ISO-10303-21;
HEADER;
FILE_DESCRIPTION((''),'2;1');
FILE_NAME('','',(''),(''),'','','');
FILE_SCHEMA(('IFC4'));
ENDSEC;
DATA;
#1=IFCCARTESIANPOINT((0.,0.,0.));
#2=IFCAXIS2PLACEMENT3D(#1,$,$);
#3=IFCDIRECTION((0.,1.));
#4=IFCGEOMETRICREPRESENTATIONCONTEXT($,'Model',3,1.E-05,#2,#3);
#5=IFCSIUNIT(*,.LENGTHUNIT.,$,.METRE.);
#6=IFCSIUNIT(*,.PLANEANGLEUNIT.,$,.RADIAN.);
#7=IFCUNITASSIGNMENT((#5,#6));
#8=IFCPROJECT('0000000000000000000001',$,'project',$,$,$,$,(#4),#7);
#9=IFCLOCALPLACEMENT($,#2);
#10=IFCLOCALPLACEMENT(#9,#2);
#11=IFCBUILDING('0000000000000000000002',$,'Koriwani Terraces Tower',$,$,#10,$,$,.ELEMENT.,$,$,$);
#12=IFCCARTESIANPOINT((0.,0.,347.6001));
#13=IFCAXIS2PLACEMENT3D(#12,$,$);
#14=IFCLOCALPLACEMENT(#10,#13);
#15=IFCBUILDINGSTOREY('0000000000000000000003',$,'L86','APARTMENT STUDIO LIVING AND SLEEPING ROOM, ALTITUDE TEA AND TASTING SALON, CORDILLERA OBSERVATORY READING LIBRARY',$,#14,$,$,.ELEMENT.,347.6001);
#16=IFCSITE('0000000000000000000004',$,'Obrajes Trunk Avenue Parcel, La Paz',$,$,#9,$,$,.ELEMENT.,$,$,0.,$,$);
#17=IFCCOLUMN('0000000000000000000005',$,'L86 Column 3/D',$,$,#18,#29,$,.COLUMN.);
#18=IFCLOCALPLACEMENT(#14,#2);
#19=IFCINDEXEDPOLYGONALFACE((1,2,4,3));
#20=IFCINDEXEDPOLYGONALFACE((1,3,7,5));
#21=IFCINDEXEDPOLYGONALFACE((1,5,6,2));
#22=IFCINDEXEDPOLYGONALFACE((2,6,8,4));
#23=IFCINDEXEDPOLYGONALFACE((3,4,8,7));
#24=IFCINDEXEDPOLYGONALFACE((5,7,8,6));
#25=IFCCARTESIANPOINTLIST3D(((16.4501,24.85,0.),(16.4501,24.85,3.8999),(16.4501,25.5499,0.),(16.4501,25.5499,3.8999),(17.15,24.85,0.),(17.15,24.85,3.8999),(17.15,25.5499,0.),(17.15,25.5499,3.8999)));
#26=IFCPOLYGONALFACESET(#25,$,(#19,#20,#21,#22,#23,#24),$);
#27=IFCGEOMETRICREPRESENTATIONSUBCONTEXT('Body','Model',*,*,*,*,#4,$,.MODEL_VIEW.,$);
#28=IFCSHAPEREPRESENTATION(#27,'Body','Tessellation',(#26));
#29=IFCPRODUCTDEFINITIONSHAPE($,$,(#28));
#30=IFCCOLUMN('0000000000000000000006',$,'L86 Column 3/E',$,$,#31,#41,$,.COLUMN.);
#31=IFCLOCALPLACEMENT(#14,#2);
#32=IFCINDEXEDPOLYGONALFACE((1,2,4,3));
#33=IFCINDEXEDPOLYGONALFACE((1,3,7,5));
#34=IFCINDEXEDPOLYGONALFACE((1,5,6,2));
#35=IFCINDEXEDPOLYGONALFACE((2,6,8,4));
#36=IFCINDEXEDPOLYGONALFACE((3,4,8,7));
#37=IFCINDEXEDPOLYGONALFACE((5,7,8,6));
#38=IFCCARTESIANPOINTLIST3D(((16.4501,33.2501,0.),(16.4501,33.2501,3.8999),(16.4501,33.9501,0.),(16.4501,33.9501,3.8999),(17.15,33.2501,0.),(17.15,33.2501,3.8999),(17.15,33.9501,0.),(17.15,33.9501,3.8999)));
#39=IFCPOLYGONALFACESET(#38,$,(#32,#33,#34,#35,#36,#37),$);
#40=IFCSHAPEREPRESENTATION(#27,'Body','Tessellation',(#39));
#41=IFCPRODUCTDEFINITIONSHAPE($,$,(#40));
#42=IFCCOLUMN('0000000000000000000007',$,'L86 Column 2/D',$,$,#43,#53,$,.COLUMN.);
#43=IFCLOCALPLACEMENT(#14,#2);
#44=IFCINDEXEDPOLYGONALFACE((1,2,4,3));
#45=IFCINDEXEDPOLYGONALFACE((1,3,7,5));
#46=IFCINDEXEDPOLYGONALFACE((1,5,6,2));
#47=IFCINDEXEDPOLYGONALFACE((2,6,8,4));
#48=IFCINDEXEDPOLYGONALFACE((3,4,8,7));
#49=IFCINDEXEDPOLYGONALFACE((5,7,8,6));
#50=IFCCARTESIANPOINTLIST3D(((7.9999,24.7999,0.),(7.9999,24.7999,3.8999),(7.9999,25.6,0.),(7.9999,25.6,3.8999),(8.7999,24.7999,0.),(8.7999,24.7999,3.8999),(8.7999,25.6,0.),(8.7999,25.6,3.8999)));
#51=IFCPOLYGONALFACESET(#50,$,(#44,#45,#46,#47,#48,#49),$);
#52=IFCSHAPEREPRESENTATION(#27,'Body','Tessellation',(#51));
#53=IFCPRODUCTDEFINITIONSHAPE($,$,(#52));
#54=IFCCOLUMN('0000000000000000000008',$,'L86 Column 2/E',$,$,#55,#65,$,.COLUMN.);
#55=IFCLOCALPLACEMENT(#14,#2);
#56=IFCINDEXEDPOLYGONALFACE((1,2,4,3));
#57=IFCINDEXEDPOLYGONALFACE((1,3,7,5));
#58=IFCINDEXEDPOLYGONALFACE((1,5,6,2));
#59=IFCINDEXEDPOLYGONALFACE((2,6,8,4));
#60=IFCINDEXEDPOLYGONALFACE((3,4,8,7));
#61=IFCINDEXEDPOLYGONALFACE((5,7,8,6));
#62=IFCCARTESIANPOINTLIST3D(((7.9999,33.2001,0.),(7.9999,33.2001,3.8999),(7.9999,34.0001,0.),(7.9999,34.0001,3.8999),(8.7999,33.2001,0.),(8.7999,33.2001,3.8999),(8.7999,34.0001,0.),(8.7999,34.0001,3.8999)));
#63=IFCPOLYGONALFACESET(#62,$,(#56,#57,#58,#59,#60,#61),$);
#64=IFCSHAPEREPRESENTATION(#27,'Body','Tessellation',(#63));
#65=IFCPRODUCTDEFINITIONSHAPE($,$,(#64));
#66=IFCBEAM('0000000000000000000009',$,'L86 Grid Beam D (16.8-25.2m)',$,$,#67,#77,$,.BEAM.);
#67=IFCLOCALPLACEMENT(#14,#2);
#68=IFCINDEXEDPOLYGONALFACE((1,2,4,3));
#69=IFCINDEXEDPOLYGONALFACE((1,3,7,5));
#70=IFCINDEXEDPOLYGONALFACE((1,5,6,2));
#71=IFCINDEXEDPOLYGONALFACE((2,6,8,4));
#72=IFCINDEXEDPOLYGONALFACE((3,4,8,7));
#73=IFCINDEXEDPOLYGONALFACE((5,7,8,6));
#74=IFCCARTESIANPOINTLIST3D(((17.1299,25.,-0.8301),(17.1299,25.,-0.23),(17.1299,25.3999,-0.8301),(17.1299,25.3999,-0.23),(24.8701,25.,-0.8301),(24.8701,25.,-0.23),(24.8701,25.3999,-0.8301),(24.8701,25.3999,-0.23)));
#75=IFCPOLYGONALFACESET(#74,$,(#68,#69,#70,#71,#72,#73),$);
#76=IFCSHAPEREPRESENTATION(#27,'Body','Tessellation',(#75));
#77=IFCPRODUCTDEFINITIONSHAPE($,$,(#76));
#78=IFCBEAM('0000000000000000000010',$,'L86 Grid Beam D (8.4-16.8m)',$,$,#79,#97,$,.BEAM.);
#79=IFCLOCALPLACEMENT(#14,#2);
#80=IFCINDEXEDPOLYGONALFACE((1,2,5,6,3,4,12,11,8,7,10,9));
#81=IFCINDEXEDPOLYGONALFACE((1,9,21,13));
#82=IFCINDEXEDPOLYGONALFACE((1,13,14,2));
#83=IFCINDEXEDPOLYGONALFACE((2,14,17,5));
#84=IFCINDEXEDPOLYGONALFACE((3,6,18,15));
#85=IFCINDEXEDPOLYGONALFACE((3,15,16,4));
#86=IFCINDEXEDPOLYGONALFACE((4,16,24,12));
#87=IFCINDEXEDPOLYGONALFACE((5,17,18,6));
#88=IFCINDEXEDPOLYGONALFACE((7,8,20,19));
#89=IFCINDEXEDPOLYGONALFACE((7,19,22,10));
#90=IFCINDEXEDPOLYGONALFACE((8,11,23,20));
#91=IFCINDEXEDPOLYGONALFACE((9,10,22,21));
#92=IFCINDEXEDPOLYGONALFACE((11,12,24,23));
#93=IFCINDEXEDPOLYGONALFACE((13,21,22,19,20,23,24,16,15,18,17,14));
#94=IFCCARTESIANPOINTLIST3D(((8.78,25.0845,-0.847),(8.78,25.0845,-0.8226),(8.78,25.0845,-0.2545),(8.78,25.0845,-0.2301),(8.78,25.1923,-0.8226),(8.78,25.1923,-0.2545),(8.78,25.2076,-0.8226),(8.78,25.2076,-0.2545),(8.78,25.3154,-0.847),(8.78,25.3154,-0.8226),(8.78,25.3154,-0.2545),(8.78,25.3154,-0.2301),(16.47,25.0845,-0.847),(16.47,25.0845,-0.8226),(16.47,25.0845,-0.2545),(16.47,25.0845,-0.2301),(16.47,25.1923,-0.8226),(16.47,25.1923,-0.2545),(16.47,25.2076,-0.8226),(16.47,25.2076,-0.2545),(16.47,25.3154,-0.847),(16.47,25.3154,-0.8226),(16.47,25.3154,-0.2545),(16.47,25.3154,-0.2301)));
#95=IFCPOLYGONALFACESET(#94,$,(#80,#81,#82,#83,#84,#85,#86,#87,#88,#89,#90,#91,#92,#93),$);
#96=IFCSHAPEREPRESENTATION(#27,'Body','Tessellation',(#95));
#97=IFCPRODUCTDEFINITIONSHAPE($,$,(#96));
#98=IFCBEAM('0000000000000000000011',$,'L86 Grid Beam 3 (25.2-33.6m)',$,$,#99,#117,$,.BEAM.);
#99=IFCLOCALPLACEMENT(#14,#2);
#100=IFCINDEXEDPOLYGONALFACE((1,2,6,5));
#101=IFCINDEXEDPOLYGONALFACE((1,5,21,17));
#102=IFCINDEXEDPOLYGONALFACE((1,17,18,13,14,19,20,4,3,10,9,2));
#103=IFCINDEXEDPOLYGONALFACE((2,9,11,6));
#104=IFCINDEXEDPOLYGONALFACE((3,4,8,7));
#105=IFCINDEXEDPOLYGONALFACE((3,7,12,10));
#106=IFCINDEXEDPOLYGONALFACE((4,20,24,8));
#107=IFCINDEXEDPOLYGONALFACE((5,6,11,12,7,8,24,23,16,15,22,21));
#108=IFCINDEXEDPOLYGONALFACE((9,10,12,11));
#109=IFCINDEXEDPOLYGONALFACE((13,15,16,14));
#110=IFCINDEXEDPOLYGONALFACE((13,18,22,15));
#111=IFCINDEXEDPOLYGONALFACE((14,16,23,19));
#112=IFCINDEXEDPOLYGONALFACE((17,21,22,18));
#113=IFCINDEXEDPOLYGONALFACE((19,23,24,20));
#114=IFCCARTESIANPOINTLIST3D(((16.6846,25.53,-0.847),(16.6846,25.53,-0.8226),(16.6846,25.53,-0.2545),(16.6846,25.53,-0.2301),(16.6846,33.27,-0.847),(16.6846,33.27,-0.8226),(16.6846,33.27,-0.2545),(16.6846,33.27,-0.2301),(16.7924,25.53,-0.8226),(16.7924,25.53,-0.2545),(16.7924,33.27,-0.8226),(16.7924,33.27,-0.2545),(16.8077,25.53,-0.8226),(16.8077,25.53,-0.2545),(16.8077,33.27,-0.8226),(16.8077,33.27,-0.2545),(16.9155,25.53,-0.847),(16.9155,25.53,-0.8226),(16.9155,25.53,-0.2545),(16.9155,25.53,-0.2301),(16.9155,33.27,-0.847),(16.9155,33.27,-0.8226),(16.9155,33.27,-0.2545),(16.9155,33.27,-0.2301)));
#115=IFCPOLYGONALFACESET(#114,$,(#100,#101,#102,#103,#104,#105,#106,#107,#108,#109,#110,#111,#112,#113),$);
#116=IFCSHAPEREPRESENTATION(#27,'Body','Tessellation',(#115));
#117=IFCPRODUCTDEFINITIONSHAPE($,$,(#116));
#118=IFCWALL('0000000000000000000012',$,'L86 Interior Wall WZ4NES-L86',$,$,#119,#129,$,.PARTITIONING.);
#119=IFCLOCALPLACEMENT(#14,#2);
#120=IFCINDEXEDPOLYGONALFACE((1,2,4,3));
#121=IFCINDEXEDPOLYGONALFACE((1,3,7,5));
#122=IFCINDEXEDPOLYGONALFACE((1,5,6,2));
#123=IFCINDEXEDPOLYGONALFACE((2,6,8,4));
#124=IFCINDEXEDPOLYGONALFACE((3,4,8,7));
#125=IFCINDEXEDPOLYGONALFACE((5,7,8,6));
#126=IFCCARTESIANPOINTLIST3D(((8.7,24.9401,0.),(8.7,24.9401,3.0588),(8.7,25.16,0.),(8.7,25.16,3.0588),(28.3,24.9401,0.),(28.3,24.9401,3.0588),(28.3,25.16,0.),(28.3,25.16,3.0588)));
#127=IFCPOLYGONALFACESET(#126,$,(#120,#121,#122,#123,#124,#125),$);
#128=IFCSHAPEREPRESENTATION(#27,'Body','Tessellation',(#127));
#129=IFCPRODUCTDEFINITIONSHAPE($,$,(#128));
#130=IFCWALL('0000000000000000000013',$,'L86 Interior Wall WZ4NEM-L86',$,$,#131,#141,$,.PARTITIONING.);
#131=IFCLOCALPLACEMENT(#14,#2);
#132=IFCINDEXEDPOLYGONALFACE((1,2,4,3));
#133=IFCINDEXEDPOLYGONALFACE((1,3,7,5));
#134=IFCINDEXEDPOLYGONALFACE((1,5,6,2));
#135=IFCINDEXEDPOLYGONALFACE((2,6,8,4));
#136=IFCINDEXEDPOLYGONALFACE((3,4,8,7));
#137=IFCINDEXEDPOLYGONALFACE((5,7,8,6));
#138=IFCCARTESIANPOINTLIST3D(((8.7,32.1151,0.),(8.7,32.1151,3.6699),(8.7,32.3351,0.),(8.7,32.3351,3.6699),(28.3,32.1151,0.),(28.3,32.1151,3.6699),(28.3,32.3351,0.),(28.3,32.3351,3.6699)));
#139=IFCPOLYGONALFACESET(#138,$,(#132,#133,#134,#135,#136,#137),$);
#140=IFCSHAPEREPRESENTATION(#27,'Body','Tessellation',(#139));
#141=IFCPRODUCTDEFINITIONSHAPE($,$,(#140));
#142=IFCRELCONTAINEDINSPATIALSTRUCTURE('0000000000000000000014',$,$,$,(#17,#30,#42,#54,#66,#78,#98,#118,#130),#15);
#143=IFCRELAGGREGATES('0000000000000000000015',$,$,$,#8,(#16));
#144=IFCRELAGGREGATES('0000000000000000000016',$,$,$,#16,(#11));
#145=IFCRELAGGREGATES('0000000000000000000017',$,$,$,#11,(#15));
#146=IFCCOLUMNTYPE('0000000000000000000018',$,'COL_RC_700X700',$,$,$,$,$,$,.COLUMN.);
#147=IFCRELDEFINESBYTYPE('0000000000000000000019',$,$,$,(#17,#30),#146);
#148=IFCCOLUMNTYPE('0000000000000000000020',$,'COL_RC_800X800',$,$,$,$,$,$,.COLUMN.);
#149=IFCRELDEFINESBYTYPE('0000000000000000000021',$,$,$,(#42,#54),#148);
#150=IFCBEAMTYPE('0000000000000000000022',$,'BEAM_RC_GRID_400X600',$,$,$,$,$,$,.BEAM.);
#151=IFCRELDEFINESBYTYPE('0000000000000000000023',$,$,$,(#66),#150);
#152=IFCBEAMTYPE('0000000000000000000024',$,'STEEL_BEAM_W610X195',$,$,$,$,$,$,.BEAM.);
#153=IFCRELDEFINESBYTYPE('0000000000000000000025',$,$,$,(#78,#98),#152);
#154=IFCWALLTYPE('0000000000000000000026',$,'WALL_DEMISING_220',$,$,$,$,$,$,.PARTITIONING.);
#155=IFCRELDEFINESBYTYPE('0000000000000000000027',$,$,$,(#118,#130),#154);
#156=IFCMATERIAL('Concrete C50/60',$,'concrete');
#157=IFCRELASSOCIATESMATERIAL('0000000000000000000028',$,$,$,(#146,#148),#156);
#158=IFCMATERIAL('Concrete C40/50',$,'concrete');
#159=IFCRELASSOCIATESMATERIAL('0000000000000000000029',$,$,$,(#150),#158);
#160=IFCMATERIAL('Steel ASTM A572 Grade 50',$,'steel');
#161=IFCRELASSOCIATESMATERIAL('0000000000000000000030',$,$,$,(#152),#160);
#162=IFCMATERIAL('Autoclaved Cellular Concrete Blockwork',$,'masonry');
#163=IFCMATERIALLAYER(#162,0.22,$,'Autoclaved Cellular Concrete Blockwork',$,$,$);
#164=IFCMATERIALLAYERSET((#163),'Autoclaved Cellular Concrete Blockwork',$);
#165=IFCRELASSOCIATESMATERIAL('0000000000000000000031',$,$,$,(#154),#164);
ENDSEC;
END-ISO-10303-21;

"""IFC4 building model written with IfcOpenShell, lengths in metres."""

from ifc_helpers import new_model, si_unit, direction, frame, frame_2d, origin, origin_2d, place, context, subcontext, project, spatial, rectangle, i_section, extrude, material, layer, layer_set, material_profile, profile_set, type_object, element, save


model = new_model("IFC4")

# Units and contexts
model_context = context("Model", 3, precision=1e-05, world=origin(), true_north=direction((0.0, 1.0)))
body_context = subcontext(model_context, "Body", "Model", "MODEL_VIEW")
ifc_project = project(units=[si_unit("LENGTHUNIT", "METRE"), si_unit("PLANEANGLEUNIT", "RADIAN")], contexts=[model_context])

# Site, building, storey
site_placement = place(None, origin())
site = spatial("IfcSite", under=ifc_project, at=site_placement, Name="Obrajes Trunk Avenue Parcel, La Paz", CompositionType="ELEMENT", RefElevation=0.0)
building_placement = place(site_placement, origin())
building = spatial("IfcBuilding", under=site, at=building_placement, Name="Koriwani Terraces Tower", CompositionType="ELEMENT")
storey_placement = place(building_placement, frame((0.0, 0.0, 347.6001)))
storey = spatial("IfcBuildingStorey", under=building, at=storey_placement, Name="L86", Description="APARTMENT STUDIO LIVING AND SLEEPING ROOM, ALTITUDE TEA AND TASTING SALON, CORDILLERA OBSERVATORY READING LIBRARY", CompositionType="ELEMENT", Elevation=347.6001)

# Columns
ifc_material_1 = material(Name="Concrete C50/60", Category="concrete")
ifc_material_profile_1 = material_profile(ifc_material_1, rectangle(XDim=0.7, YDim=0.7, at=origin_2d()), Name="Concrete C50/60", Category="LoadBearing")
ifc_profile_set_1 = profile_set([ifc_material_profile_1], Name="Concrete C50/60")
column_type_1 = type_object("IfcColumnType", Name="COL_RC_700X700", PredefinedType="COLUMN", material=ifc_profile_set_1)
for number, where, z_axis, x_axis, name in (
    (1, (16.8, 25.2, 0.0), (0.0, 0.0, 1.0), (1.0, 0.0, 0.0), "L86 Column 3/D"),
    (2, (16.8, 33.6001, 0.0), (0.0, 0.0, 1.0), (1.0, 0.0, 0.0), "L86 Column 3/E"),
):
    element("IfcColumn", number, at=place(storey_placement, frame(where, z_axis=z_axis, x_axis=x_axis)), inside=storey, type_object=column_type_1, Name=name, PredefinedType="COLUMN", context=body_context, shape_type="SweptSolid", body=[
        extrude(rectangle(XDim=0.7, YDim=0.7, at=origin_2d()), origin(), (0.0, 0.0, 1.0), 3.8999),
    ])
ifc_material_profile_2 = material_profile(ifc_material_1, rectangle(XDim=0.8, YDim=0.8, at=origin_2d()), Name="Concrete C50/60", Category="LoadBearing")
ifc_profile_set_2 = profile_set([ifc_material_profile_2], Name="Concrete C50/60")
column_type_2 = type_object("IfcColumnType", Name="COL_RC_800X800", PredefinedType="COLUMN", material=ifc_profile_set_2)
for number, where, z_axis, x_axis, name in (
    (3, (8.3999, 25.2, 0.0), (0.0, 0.0, 1.0), (1.0, 0.0, 0.0), "L86 Column 2/D"),
    (4, (8.3999, 33.6001, 0.0), (0.0, 0.0, 1.0), (1.0, 0.0, 0.0), "L86 Column 2/E"),
):
    element("IfcColumn", number, at=place(storey_placement, frame(where, z_axis=z_axis, x_axis=x_axis)), inside=storey, type_object=column_type_2, Name=name, PredefinedType="COLUMN", context=body_context, shape_type="SweptSolid", body=[
        extrude(rectangle(XDim=0.8, YDim=0.8, at=origin_2d()), origin(), (0.0, 0.0, 1.0), 3.8999),
    ])

# Beams
ifc_material_2 = material(Name="Concrete C40/50", Category="concrete")
ifc_material_profile_3 = material_profile(ifc_material_2, rectangle(XDim=0.3999, YDim=0.6001, at=origin_2d()), Name="Concrete C40/50", Category="LoadBearing")
ifc_profile_set_3 = profile_set([ifc_material_profile_3], Name="Concrete C40/50")
beam_type_1 = type_object("IfcBeamType", Name="BEAM_RC_GRID_400X600", PredefinedType="BEAM", material=ifc_profile_set_3)
beam_1_placement = place(storey_placement, frame((17.1299, 25.2, -0.53), z_axis=(1.0, 0.0, 0.0), x_axis=(0.0, 1.0, 0.0)))
element("IfcBeam", 5, at=beam_1_placement, inside=storey, type_object=beam_type_1, Name="L86 Grid Beam D (16.8-25.2m)", PredefinedType="BEAM", context=body_context, shape_type="SweptSolid", body=[
    extrude(rectangle(XDim=0.3999, YDim=0.6001, at=origin_2d()), origin(), (0.0, 0.0, 1.0), 7.7402),
])
ifc_material_3 = material(Name="Steel ASTM A572 Grade 50", Category="steel")
ifc_material_profile_4 = material_profile(ifc_material_3, i_section(OverallWidth=0.231, OverallDepth=0.6169, WebThickness=0.0154, FlangeThickness=0.0244, at=origin_2d()), Name="Steel ASTM A572 Grade 50", Category="LoadBearing")
ifc_profile_set_4 = profile_set([ifc_material_profile_4], Name="Steel ASTM A572 Grade 50")
beam_type_2 = type_object("IfcBeamType", Name="STEEL_BEAM_W610X195", PredefinedType="BEAM", material=ifc_profile_set_4)
beam_2_placement = place(storey_placement, frame((8.78, 25.2, -0.5386), z_axis=(1.0, 0.0, 0.0), x_axis=(0.0, 1.0, 0.0)))
element("IfcBeam", 6, at=beam_2_placement, inside=storey, type_object=beam_type_2, Name="L86 Grid Beam D (8.4-16.8m)", PredefinedType="BEAM", context=body_context, shape_type="SweptSolid", body=[
    extrude(i_section(OverallWidth=0.231, OverallDepth=0.6169, WebThickness=0.0154, FlangeThickness=0.0244, at=origin_2d()), origin(), (0.0, 0.0, 1.0), 7.6899),
])
beam_3_placement = place(storey_placement, frame((16.8, 25.53, -0.5386), z_axis=(0.0, 1.0, 0.0), x_axis=(-1.0, 0.0, 0.0)))
element("IfcBeam", 7, at=beam_3_placement, inside=storey, type_object=beam_type_2, Name="L86 Grid Beam 3 (25.2-33.6m)", PredefinedType="BEAM", context=body_context, shape_type="SweptSolid", body=[
    extrude(i_section(OverallWidth=0.231, OverallDepth=0.6169, WebThickness=0.0154, FlangeThickness=0.0244, at=origin_2d()), origin(), (0.0, 0.0, 1.0), 7.74),
])

# Shared definitions
ifc_material_4 = material(Name="Autoclaved Cellular Concrete Blockwork", Category="masonry")

# Walls
ifc_layer_1 = layer(ifc_material_4, 0.22, Name="Autoclaved Cellular Concrete Blockwork")
ifc_layer_set_1 = layer_set([ifc_layer_1], Name="Autoclaved Cellular Concrete Blockwork")
wall_type_1 = type_object("IfcWallType", Name="WALL_DEMISING_220", PredefinedType="PARTITIONING", material=ifc_layer_set_1)
wall_1_placement = place(storey_placement, frame((8.7, 25.05, 0.0), z_axis=(0.0, 0.0, 1.0), x_axis=(1.0, 0.0, 0.0)))
element("IfcWall", 8, at=wall_1_placement, inside=storey, type_object=wall_type_1, Name="L86 Interior Wall WZ4NES-L86", PredefinedType="PARTITIONING", context=body_context, shape_type="SweptSolid", body=[
    extrude(rectangle(XDim=19.6001, YDim=0.22, at=frame_2d((9.8, 0.0))), origin(), (0.0, 0.0, 1.0), 3.0588),
])
wall_2_placement = place(storey_placement, frame((8.7, 32.2251, 0.0), z_axis=(0.0, 0.0, 1.0), x_axis=(1.0, 0.0, 0.0)))
element("IfcWall", 9, at=wall_2_placement, inside=storey, type_object=wall_type_1, Name="L86 Interior Wall WZ4NEM-L86", PredefinedType="PARTITIONING", context=body_context, shape_type="SweptSolid", body=[
    extrude(rectangle(XDim=19.6001, YDim=0.22, at=frame_2d((9.8, 0.0))), origin(), (0.0, 0.0, 1.0), 3.6699),
])

save(model, "model.ifc")
